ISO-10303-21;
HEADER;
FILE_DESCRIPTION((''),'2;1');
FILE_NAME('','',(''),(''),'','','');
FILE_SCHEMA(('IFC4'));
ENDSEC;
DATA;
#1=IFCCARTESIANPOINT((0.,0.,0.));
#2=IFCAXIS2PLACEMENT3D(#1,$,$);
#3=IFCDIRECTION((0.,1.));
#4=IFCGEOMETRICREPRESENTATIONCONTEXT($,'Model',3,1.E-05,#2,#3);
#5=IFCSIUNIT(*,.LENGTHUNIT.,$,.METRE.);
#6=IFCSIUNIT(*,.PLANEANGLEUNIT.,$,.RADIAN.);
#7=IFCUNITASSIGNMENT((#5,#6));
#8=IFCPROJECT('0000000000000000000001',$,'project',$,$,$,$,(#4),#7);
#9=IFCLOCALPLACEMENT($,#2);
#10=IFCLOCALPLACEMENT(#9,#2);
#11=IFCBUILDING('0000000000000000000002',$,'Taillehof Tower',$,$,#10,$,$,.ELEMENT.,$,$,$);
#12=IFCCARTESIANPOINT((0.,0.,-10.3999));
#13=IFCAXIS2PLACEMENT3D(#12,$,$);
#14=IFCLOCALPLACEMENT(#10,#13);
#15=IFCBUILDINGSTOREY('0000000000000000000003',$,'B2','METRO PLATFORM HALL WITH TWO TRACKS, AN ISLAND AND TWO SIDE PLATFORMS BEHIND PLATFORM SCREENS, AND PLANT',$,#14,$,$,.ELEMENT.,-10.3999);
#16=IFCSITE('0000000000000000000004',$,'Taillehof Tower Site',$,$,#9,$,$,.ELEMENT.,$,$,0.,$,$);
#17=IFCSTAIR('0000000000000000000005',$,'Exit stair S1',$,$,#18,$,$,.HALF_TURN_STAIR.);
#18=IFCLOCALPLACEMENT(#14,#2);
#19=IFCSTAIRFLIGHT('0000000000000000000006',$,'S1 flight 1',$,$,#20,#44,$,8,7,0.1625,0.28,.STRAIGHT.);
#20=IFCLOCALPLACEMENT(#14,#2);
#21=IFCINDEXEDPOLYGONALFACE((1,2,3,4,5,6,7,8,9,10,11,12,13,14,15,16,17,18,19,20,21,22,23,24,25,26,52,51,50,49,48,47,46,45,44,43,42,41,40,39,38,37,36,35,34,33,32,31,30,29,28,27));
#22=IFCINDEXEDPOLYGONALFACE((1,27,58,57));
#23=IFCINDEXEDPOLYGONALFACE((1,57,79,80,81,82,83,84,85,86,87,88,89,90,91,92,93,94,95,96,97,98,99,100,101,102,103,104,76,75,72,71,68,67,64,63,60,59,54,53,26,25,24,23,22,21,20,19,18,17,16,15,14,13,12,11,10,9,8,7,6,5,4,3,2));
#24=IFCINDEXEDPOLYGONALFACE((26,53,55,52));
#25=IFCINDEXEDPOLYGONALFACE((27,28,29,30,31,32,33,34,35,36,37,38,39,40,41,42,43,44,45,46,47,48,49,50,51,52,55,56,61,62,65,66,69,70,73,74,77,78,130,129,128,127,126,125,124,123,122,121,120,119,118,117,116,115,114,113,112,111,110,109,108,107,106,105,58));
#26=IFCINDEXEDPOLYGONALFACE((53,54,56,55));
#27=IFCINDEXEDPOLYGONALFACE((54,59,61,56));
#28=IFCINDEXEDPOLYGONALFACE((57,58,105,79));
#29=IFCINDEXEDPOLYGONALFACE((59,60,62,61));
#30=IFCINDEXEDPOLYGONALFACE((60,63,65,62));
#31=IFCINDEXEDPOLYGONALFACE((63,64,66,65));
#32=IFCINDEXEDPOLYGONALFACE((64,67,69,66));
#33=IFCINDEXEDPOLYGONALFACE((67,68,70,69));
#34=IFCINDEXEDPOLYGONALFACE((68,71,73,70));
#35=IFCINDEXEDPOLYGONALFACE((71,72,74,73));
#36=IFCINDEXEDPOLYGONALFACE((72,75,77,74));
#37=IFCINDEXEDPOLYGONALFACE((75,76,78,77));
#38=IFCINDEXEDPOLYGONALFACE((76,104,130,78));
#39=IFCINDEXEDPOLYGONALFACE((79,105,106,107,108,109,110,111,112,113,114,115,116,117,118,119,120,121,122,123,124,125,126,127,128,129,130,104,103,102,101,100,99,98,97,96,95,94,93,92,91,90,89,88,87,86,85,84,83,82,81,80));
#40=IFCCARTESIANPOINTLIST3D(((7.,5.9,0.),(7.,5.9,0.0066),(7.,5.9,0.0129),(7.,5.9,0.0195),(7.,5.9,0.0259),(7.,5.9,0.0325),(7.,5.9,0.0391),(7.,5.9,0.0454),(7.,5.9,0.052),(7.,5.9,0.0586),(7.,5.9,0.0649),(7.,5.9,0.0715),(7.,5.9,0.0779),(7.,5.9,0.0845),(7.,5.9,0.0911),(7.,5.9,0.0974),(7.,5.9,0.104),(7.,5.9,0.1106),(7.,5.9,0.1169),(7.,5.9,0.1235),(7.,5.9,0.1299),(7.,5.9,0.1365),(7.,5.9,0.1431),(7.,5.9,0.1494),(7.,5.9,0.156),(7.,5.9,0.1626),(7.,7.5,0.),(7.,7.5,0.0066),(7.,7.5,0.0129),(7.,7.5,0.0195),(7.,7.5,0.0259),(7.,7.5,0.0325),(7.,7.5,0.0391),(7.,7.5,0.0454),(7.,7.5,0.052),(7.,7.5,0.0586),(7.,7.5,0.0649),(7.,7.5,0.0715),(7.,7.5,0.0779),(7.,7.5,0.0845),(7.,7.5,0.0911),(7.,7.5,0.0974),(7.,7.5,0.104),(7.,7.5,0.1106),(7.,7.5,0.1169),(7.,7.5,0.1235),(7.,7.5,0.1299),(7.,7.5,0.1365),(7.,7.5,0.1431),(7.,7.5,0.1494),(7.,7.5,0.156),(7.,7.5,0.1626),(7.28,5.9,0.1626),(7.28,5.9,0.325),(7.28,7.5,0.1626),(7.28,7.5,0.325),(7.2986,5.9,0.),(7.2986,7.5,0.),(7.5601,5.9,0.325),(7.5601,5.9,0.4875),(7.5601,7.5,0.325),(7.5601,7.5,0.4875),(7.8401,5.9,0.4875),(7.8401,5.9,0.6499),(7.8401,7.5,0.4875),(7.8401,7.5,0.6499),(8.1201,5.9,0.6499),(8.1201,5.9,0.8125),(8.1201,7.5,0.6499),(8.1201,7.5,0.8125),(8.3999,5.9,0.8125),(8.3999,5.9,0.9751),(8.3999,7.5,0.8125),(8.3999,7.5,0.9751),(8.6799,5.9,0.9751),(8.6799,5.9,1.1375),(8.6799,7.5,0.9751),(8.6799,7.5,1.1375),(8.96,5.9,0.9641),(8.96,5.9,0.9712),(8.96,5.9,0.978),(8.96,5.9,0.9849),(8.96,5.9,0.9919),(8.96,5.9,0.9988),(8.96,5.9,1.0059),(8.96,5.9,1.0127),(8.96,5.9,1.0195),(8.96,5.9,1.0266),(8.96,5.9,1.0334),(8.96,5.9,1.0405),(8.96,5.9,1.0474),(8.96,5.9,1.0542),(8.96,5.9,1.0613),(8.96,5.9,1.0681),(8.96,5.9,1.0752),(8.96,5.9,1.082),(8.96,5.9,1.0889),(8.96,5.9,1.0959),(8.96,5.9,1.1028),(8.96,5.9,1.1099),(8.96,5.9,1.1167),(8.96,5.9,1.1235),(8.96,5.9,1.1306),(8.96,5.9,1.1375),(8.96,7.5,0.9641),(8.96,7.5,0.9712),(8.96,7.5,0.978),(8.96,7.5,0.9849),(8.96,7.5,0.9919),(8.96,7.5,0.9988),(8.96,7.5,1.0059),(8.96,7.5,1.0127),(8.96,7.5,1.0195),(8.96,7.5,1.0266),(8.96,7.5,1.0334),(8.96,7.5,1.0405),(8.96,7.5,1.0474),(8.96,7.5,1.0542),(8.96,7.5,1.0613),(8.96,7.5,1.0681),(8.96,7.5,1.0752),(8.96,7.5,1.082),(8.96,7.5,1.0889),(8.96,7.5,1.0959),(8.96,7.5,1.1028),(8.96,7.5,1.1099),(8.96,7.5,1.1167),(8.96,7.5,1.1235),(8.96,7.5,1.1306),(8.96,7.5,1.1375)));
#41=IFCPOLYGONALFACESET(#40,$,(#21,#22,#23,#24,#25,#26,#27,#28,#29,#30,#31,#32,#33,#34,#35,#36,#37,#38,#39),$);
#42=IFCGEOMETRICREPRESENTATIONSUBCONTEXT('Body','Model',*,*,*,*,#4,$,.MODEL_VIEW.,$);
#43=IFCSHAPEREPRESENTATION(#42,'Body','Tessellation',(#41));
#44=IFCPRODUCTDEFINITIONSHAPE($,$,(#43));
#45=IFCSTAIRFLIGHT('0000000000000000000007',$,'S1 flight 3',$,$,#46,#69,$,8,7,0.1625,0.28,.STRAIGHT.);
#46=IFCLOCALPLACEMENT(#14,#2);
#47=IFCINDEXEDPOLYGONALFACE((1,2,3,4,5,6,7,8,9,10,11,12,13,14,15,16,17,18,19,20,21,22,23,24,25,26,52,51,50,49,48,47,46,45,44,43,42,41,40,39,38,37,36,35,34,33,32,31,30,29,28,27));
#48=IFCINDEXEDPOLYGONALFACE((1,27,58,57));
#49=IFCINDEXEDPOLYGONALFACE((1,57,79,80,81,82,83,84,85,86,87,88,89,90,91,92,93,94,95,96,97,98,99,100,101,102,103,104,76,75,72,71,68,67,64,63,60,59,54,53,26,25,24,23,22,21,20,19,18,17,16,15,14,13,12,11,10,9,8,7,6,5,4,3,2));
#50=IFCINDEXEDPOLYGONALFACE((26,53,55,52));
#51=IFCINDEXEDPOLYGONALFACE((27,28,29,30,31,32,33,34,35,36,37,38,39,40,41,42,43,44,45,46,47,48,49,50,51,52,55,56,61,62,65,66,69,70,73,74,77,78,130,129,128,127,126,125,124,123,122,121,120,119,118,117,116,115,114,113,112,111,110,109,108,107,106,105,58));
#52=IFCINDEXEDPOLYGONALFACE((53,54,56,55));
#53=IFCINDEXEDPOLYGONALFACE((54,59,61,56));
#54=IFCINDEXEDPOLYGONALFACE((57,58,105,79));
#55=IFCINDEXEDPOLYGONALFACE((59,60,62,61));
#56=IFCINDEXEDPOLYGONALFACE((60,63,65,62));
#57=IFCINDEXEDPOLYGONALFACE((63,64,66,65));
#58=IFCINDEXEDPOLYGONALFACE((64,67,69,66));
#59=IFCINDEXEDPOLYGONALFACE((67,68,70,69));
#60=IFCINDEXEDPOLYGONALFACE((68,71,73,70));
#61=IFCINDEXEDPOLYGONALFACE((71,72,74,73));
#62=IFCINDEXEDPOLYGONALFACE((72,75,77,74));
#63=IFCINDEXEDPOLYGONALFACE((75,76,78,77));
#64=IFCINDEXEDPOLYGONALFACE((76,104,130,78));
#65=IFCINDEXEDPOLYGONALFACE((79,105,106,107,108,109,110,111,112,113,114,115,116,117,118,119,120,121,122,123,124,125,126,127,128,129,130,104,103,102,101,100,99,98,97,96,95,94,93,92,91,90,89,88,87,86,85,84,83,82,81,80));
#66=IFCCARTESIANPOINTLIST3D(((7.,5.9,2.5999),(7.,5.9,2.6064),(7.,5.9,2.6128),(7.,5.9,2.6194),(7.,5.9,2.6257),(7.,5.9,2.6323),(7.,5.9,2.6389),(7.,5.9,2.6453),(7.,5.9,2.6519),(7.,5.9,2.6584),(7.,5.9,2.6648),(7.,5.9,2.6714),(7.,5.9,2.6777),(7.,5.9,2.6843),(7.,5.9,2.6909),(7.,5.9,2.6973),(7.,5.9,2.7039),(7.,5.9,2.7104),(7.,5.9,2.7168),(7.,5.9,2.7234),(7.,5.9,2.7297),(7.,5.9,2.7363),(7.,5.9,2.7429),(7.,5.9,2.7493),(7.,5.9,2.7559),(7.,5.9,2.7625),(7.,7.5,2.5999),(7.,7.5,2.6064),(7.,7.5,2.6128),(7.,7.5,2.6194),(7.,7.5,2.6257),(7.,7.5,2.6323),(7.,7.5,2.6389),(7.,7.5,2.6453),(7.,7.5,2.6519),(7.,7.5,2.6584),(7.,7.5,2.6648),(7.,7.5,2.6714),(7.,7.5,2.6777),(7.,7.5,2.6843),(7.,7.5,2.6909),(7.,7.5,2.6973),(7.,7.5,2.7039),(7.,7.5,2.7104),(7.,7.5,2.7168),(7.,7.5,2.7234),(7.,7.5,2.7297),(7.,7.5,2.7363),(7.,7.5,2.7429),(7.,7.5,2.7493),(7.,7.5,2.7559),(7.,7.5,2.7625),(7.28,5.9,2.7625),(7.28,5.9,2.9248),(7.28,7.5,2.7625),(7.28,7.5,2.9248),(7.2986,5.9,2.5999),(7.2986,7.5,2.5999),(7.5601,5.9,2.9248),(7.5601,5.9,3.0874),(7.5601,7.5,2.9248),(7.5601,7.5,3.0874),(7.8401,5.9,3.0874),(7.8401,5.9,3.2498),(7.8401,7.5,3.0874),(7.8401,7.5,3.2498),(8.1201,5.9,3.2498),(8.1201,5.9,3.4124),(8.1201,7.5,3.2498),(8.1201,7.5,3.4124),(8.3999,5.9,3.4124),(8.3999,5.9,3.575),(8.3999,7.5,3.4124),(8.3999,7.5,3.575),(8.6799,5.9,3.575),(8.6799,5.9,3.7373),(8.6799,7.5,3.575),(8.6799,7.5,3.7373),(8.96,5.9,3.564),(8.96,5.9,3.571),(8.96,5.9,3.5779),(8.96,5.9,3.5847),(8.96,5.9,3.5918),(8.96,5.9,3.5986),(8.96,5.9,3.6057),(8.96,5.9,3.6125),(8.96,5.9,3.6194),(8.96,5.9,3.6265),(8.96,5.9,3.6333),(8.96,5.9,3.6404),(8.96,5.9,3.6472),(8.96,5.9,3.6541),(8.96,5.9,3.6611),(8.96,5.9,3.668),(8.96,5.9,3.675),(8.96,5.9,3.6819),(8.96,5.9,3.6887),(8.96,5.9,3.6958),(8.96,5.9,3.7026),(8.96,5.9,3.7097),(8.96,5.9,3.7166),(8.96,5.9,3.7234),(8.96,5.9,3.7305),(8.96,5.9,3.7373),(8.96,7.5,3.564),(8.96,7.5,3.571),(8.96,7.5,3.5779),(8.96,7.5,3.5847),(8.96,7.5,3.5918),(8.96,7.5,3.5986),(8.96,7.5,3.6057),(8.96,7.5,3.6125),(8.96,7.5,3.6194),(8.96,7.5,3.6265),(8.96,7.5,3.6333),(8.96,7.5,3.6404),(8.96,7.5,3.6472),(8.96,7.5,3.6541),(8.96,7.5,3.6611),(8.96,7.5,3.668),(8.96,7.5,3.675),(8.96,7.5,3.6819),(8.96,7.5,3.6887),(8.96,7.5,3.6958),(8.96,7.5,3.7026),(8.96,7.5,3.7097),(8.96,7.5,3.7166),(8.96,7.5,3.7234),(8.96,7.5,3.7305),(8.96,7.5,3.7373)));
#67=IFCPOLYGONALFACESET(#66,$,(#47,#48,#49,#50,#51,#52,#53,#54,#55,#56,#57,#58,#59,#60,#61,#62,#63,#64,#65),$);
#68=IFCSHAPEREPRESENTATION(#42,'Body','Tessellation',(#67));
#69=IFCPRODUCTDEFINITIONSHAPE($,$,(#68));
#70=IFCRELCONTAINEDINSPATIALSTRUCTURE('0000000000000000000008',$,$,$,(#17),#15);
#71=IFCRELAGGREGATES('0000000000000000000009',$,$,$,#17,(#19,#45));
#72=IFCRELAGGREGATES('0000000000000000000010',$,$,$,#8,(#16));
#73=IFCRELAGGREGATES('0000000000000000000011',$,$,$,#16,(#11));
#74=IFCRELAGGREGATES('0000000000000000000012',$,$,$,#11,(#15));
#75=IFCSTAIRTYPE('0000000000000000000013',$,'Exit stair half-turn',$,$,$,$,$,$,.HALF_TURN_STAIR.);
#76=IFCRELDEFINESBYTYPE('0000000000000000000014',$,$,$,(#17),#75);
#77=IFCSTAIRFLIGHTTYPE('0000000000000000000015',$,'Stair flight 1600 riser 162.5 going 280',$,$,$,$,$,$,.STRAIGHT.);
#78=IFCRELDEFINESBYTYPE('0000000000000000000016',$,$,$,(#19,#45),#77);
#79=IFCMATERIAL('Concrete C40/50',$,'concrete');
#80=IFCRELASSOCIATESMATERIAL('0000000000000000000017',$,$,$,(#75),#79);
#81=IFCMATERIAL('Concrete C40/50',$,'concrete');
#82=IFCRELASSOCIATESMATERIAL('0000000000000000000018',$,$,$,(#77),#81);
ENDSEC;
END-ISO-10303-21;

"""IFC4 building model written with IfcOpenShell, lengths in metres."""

from ifc_helpers import new_model, si_unit, direction, frame, origin, place, context, subcontext, project, spatial, polyline, outline, extrude, material, type_object, element, aggregate, save


model = new_model("IFC4")

# Units and contexts
model_context = context("Model", 3, precision=1e-05, world=origin(), true_north=direction((0.0, 1.0)))
body_context = subcontext(model_context, "Body", "Model", "MODEL_VIEW")
ifc_project = project(units=[si_unit("LENGTHUNIT", "METRE"), si_unit("PLANEANGLEUNIT", "RADIAN")], contexts=[model_context])

# Site, building, storey
site_placement = place(None, origin())
site = spatial("IfcSite", under=ifc_project, at=site_placement, Name="Taillehof Tower Site", CompositionType="ELEMENT", RefElevation=0.0)
building_placement = place(site_placement, origin())
building = spatial("IfcBuilding", under=site, at=building_placement, Name="Taillehof Tower", CompositionType="ELEMENT")
storey_placement = place(building_placement, frame((0.0, 0.0, -10.3999)))
storey = spatial("IfcBuildingStorey", under=building, at=storey_placement, Name="B2", Description="METRO PLATFORM HALL WITH TWO TRACKS, AN ISLAND AND TWO SIDE PLATFORMS BEHIND PLATFORM SCREENS, AND PLANT", CompositionType="ELEMENT", Elevation=-10.3999)

# Stair, stair flights
ifc_material_1 = material(Name="Concrete C40/50", Category="concrete")
stair_type = type_object("IfcStairType", Name="Exit stair half-turn", PredefinedType="HALF_TURN_STAIR", material=ifc_material_1)
stair_placement = place(storey_placement, origin())
stair = element("IfcStair", 1, at=stair_placement, inside=storey, type_object=stair_type, Name="Exit stair S1", PredefinedType="HALF_TURN_STAIR")
ifc_material_2 = material(Name="Concrete C40/50", Category="concrete")
stair_flight_type = type_object("IfcStairFlightType", Name="Stair flight 1600 riser 162.5 going 280", PredefinedType="STRAIGHT", material=ifc_material_2)
stair_flight_1_placement = place(storey_placement, frame((7.0, 6.7, 0.0), z_axis=(0.0, 0.0, 1.0), x_axis=(1.0, 0.0, 0.0)))
stair_flight_1 = element("IfcStairFlight", 2, at=stair_flight_1_placement, type_object=stair_flight_type, Name="S1 flight 1", NumberOfRisers=8, NumberOfTreads=7, PredefinedType="STRAIGHT", RiserHeight=0.1625, TreadLength=0.28, context=body_context, shape_type="SweptSolid", body=[
    extrude(outline(polyline([(0.0, 0.0), (0.0, 0.0066), (0.0, 0.0129), (0.0, 0.0195), (0.0, 0.0259), (0.0, 0.0325), (0.0, 0.0391), (0.0, 0.0454), (0.0, 0.052), (0.0, 0.0586), (0.0, 0.0649), (0.0, 0.0715), (0.0, 0.0779), (0.0, 0.0845), (0.0, 0.0911), (0.0, 0.0974), (0.0, 0.104), (0.0, 0.1106), (0.0, 0.1169), (0.0, 0.1235), (0.0, 0.1299), (0.0, 0.1365), (0.0, 0.1431), (0.0, 0.1494), (0.0, 0.156), (0.0, 0.1626), (0.28, 0.1626), (0.28, 0.325), (0.5601, 0.325), (0.5601, 0.4875), (0.8401, 0.4875), (0.8401, 0.6499), (1.1201, 0.6499), (1.1201, 0.8125), (1.3999, 0.8125), (1.3999, 0.9751), (1.6799, 0.9751), (1.6799, 1.1375), (1.96, 1.1375), (1.96, 1.1306), (1.96, 1.1235), (1.96, 1.1167), (1.96, 1.1099), (1.96, 1.1028), (1.96, 1.0959), (1.96, 1.0889), (1.96, 1.082), (1.96, 1.0752), (1.96, 1.0681), (1.96, 1.0613), (1.96, 1.0542), (1.96, 1.0474), (1.96, 1.0405), (1.96, 1.0334), (1.96, 1.0266), (1.96, 1.0195), (1.96, 1.0127), (1.96, 1.0059), (1.96, 0.9988), (1.96, 0.9919), (1.96, 0.9849), (1.96, 0.978), (1.96, 0.9712), (1.96, 0.9641), (0.2986, 0.0), (0.0, 0.0)])), frame((0.0, 0.8, 0.0), z_axis=(0.0, -1.0, 0.0), x_axis=(1.0, 0.0, 0.0)), (0.0, 0.0, 1.0), 1.6),
])
stair_flight_2_placement = place(storey_placement, frame((7.0, 6.7, 2.5999), z_axis=(0.0, 0.0, 1.0), x_axis=(1.0, 0.0, 0.0)))
stair_flight_2 = element("IfcStairFlight", 3, at=stair_flight_2_placement, type_object=stair_flight_type, Name="S1 flight 3", NumberOfRisers=8, NumberOfTreads=7, PredefinedType="STRAIGHT", RiserHeight=0.1625, TreadLength=0.28, context=body_context, shape_type="SweptSolid", body=[
    extrude(outline(polyline([(0.0, 0.0), (0.0, 0.0066), (0.0, 0.0129), (0.0, 0.0195), (0.0, 0.0259), (0.0, 0.0325), (0.0, 0.0391), (0.0, 0.0454), (0.0, 0.052), (0.0, 0.0586), (0.0, 0.0649), (0.0, 0.0715), (0.0, 0.0779), (0.0, 0.0845), (0.0, 0.0911), (0.0, 0.0974), (0.0, 0.104), (0.0, 0.1106), (0.0, 0.1169), (0.0, 0.1235), (0.0, 0.1299), (0.0, 0.1365), (0.0, 0.1431), (0.0, 0.1494), (0.0, 0.156), (0.0, 0.1626), (0.28, 0.1626), (0.28, 0.325), (0.5601, 0.325), (0.5601, 0.4875), (0.8401, 0.4875), (0.8401, 0.6499), (1.1201, 0.6499), (1.1201, 0.8125), (1.3999, 0.8125), (1.3999, 0.9751), (1.6799, 0.9751), (1.6799, 1.1375), (1.96, 1.1375), (1.96, 1.1306), (1.96, 1.1235), (1.96, 1.1167), (1.96, 1.1099), (1.96, 1.1028), (1.96, 1.0959), (1.96, 1.0889), (1.96, 1.082), (1.96, 1.0752), (1.96, 1.0681), (1.96, 1.0613), (1.96, 1.0542), (1.96, 1.0474), (1.96, 1.0405), (1.96, 1.0334), (1.96, 1.0266), (1.96, 1.0195), (1.96, 1.0127), (1.96, 1.0059), (1.96, 0.9988), (1.96, 0.9919), (1.96, 0.9849), (1.96, 0.978), (1.96, 0.9712), (1.96, 0.9641), (0.2986, 0.0), (0.0, 0.0)])), frame((0.0, 0.8, 0.0), z_axis=(0.0, -1.0, 0.0), x_axis=(1.0, 0.0, 0.0)), (0.0, 0.0, 1.0), 1.6),
])
aggregate(stair, [stair_flight_1, stair_flight_2])

save(model, "model.ifc")
